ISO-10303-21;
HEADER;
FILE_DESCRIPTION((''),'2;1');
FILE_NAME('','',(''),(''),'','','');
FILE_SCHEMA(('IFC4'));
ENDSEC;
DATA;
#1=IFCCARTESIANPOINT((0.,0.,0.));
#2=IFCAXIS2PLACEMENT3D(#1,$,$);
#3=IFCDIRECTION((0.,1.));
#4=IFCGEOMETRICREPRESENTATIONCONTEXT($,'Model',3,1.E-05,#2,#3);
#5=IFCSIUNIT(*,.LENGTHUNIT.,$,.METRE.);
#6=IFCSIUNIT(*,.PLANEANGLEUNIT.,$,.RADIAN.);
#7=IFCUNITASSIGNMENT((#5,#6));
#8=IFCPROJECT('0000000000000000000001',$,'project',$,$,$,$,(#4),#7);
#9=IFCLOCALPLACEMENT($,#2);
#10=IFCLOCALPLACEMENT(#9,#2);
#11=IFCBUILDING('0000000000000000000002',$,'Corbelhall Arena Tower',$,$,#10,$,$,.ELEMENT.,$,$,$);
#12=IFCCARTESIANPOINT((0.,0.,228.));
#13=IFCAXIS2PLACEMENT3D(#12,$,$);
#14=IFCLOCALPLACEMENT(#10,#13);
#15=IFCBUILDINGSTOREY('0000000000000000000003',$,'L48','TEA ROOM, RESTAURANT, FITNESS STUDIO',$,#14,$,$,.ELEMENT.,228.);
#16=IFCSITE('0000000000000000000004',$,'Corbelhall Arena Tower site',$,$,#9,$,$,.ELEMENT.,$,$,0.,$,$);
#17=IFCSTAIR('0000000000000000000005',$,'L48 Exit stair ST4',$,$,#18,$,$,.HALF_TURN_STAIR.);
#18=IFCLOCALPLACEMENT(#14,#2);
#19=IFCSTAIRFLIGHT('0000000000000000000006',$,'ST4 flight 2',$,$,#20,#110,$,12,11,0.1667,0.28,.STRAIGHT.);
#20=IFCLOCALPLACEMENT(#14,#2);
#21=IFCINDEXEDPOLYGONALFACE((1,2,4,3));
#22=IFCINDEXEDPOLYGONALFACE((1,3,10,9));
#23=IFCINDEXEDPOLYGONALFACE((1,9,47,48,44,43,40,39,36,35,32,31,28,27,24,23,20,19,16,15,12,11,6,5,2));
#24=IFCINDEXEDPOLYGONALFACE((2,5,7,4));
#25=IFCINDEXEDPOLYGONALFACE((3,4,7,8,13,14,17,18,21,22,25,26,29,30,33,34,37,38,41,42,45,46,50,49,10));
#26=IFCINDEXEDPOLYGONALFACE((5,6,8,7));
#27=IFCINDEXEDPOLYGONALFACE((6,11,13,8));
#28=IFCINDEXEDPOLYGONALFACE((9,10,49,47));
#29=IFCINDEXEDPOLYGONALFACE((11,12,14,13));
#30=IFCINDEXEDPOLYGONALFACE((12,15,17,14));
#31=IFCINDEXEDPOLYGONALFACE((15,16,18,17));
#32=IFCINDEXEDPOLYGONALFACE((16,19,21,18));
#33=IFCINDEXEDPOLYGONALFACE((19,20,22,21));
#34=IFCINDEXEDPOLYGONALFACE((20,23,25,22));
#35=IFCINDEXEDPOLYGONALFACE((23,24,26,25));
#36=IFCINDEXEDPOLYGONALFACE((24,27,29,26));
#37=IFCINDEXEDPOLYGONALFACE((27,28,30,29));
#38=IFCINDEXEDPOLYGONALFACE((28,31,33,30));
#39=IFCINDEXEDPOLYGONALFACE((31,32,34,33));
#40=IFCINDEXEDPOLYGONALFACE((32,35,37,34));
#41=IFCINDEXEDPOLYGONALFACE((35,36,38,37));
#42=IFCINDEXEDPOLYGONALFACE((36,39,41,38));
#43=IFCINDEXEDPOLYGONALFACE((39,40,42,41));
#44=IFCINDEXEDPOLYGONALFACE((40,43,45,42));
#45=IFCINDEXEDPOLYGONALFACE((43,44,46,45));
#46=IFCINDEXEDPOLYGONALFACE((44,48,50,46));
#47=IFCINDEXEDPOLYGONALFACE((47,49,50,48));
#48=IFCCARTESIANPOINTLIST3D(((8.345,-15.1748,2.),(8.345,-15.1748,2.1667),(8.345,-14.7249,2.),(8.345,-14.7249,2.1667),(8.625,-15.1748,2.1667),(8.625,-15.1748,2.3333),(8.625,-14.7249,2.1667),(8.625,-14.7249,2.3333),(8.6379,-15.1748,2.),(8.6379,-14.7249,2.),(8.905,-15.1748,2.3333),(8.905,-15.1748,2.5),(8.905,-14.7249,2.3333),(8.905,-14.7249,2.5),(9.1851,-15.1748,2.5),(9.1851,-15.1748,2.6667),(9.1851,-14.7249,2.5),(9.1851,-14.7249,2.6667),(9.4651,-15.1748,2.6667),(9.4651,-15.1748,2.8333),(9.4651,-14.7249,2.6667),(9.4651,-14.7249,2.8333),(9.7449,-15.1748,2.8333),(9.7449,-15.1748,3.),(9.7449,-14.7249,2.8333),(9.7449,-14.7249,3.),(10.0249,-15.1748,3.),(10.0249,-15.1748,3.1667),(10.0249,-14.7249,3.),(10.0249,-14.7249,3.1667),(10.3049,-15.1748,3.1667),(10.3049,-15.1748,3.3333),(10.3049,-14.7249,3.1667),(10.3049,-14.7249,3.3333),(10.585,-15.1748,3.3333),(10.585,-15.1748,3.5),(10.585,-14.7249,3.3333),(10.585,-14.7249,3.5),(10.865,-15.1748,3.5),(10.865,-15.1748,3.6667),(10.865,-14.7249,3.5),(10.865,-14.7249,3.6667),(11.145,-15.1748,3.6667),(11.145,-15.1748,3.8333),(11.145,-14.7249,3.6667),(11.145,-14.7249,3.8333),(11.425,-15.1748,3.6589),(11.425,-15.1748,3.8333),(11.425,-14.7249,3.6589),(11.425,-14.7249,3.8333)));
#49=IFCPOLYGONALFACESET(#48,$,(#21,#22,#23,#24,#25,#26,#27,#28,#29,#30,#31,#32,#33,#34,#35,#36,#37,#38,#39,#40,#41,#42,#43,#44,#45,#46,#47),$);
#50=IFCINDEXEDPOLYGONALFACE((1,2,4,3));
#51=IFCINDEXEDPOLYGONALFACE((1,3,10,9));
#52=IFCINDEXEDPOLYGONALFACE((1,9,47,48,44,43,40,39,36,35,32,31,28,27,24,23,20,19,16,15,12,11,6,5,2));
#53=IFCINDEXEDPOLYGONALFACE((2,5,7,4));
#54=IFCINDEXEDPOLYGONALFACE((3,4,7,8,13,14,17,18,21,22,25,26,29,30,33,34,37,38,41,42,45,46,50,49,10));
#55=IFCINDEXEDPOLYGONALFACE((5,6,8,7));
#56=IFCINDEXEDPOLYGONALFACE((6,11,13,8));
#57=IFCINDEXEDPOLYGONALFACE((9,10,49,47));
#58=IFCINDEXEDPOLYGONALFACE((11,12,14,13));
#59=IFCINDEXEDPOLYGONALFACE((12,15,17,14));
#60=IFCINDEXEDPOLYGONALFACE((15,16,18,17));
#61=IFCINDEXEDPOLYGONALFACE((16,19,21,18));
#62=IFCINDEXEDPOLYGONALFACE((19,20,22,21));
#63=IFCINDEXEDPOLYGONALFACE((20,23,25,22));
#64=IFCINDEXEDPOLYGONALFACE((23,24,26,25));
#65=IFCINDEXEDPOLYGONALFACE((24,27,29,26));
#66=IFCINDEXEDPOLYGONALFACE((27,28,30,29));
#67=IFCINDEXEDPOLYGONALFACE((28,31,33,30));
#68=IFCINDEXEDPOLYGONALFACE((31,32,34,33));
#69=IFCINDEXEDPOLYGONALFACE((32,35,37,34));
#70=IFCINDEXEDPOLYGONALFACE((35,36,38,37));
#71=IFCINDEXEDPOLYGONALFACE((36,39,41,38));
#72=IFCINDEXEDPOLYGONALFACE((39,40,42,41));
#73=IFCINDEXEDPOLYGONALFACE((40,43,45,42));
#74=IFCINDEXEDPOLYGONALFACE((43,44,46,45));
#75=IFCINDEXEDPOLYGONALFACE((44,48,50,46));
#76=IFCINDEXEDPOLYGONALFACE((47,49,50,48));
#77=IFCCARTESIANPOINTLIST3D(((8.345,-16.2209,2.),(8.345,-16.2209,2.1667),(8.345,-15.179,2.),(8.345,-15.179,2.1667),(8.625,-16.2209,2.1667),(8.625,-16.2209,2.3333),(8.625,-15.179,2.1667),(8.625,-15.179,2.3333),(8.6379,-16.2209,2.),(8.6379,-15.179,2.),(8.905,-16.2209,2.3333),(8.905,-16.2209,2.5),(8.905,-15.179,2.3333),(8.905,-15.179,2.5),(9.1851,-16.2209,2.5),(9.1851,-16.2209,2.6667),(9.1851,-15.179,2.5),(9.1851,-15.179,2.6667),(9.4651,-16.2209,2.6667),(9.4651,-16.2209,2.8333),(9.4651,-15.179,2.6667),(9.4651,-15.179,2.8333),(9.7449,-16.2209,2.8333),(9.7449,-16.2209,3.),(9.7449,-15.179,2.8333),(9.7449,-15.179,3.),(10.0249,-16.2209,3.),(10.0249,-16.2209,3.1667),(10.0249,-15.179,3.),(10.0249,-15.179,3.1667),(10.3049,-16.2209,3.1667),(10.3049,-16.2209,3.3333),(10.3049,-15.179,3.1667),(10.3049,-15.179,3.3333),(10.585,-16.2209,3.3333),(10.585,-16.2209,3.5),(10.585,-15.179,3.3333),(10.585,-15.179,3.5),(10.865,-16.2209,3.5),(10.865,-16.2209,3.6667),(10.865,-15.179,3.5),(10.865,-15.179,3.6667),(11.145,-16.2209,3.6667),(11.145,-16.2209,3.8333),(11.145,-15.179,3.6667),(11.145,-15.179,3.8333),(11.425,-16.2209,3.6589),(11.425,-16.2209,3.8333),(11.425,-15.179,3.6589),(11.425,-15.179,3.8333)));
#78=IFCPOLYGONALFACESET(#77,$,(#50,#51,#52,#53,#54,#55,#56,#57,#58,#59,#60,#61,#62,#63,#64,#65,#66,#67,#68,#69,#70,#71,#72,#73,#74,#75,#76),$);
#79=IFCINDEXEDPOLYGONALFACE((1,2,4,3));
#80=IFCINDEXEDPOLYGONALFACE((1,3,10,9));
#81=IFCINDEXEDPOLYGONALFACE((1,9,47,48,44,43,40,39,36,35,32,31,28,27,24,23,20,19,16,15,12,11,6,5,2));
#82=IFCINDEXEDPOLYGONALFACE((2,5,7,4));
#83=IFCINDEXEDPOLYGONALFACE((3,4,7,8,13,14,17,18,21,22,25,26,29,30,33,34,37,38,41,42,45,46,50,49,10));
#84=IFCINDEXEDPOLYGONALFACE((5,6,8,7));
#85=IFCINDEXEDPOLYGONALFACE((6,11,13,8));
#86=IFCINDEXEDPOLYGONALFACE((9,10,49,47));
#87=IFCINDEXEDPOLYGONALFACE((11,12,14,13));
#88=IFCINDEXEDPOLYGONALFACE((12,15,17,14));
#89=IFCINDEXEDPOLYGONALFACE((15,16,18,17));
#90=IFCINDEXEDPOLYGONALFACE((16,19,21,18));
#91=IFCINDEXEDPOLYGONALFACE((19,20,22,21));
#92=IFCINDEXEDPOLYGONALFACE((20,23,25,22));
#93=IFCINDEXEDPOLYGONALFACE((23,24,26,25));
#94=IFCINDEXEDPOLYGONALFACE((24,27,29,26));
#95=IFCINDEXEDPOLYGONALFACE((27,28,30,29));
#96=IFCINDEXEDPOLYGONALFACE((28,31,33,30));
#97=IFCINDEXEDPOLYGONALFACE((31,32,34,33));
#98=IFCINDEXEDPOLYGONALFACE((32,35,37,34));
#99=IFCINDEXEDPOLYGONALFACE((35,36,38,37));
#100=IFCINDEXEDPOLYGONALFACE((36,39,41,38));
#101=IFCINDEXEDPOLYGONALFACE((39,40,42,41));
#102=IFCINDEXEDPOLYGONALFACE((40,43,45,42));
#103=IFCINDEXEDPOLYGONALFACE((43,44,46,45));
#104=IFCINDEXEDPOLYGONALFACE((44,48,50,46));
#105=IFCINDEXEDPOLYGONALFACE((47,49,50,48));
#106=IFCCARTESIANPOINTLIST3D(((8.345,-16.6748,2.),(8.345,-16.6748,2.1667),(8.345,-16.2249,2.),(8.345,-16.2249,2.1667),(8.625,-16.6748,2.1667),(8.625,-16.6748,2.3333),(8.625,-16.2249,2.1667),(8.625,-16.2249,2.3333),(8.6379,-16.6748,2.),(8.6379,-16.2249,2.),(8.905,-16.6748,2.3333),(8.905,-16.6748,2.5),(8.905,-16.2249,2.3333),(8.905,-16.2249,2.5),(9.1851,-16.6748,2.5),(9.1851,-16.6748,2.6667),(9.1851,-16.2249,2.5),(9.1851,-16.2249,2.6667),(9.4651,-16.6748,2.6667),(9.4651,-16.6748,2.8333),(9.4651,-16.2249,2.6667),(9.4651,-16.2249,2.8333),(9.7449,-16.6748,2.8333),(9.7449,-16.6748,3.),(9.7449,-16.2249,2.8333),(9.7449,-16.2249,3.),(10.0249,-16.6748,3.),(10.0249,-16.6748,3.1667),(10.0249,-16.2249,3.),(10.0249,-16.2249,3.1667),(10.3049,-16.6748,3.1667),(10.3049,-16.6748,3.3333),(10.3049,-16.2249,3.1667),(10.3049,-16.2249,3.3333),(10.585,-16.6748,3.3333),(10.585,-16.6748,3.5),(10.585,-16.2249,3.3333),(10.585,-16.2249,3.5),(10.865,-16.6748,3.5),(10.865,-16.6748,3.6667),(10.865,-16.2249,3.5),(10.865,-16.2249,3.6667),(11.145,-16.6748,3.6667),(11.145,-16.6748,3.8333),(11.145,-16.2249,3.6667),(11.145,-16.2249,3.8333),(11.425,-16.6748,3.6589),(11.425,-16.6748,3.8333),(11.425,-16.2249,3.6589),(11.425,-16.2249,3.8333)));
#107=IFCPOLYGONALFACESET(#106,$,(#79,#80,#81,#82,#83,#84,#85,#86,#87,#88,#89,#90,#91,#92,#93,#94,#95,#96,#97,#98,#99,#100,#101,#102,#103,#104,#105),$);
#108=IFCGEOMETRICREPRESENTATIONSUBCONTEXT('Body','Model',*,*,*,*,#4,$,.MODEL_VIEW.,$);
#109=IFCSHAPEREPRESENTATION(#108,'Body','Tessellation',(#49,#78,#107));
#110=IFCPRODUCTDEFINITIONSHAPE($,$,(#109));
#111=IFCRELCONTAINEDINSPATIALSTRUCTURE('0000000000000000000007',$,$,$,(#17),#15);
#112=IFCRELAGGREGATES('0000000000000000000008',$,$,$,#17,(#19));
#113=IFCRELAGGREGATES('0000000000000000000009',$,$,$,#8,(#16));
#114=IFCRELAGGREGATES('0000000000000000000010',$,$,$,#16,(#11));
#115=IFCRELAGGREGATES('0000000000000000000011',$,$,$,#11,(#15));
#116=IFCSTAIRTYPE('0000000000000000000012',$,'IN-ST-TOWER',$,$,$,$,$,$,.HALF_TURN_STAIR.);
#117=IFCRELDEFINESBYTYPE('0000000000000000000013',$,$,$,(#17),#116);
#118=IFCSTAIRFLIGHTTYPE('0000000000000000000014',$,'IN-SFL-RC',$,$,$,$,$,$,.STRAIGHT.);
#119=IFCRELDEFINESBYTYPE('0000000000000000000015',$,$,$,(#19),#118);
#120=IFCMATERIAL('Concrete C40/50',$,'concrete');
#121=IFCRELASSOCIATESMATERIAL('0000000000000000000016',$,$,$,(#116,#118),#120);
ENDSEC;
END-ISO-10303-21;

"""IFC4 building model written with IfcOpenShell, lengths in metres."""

from ifc_helpers import new_model, si_unit, direction, frame, origin, place, context, subcontext, project, spatial, polyline, outline, extrude, material, type_object, element, aggregate, save


model = new_model("IFC4")

# Units and contexts
model_context = context("Model", 3, precision=1e-05, world=origin(), true_north=direction((0.0, 1.0)))
body_context = subcontext(model_context, "Body", "Model", "MODEL_VIEW")
ifc_project = project(units=[si_unit("LENGTHUNIT", "METRE"), si_unit("PLANEANGLEUNIT", "RADIAN")], contexts=[model_context])

# Site, building, storey
site_placement = place(None, origin())
site = spatial("IfcSite", under=ifc_project, at=site_placement, Name="Corbelhall Arena Tower site", CompositionType="ELEMENT", RefElevation=0.0)
building_placement = place(site_placement, origin())
building = spatial("IfcBuilding", under=site, at=building_placement, Name="Corbelhall Arena Tower", CompositionType="ELEMENT")
storey_placement = place(building_placement, frame((0.0, 0.0, 228.0)))
storey = spatial("IfcBuildingStorey", under=building, at=storey_placement, Name="L48", Description="TEA ROOM, RESTAURANT, FITNESS STUDIO", CompositionType="ELEMENT", Elevation=228.0)

# Shared definitions
ifc_material_1 = material(Name="Concrete C40/50", Category="concrete")

# Stair, stair flight
stair_type = type_object("IfcStairType", Name="IN-ST-TOWER", PredefinedType="HALF_TURN_STAIR", material=ifc_material_1)
stair_placement = place(storey_placement, origin())
stair = element("IfcStair", 1, at=stair_placement, inside=storey, type_object=stair_type, Name="L48 Exit stair ST4", PredefinedType="HALF_TURN_STAIR")
stair_flight_type = type_object("IfcStairFlightType", Name="IN-SFL-RC", PredefinedType="STRAIGHT", material=ifc_material_1)
stair_flight_placement = place(storey_placement, frame((8.345, -15.7, 2.0), z_axis=(0.0, 0.0, 1.0), x_axis=(1.0, 0.0, 0.0)))
stair_flight = element("IfcStairFlight", 2, at=stair_flight_placement, type_object=stair_flight_type, Name="ST4 flight 2", NumberOfRisers=12, NumberOfTreads=11, PredefinedType="STRAIGHT", RiserHeight=0.1667, TreadLength=0.28, context=body_context, shape_type="SweptSolid", body=[
    extrude(outline(polyline([(0.0, 0.0), (0.0, 0.1667), (0.28, 0.1667), (0.28, 0.3333), (0.5601, 0.3333), (0.5601, 0.5), (0.8401, 0.5), (0.8401, 0.6667), (1.1201, 0.6667), (1.1201, 0.8333), (1.3999, 0.8333), (1.3999, 1.0), (1.6799, 1.0), (1.6799, 1.1667), (1.96, 1.1667), (1.96, 1.3333), (2.24, 1.3333), (2.24, 1.5), (2.52, 1.5), (2.52, 1.6667), (2.8, 1.6667), (2.8, 1.8333), (3.0801, 1.8333), (3.0801, 2.0), (3.0801, 1.6589), (0.293, 0.0), (0.0, 0.0)])), frame((0.0, 0.9751, 0.0), z_axis=(0.0, -1.0, 0.0), x_axis=(1.0, 0.0, 0.0)), (0.0, 0.0, 1.0), 0.45),
    extrude(outline(polyline([(0.0, 0.0), (0.0, 0.1667), (0.28, 0.1667), (0.28, 0.3333), (0.5601, 0.3333), (0.5601, 0.5), (0.8401, 0.5), (0.8401, 0.6667), (1.1201, 0.6667), (1.1201, 0.8333), (1.3999, 0.8333), (1.3999, 1.0), (1.6799, 1.0), (1.6799, 1.1667), (1.96, 1.1667), (1.96, 1.3333), (2.24, 1.3333), (2.24, 1.5), (2.52, 1.5), (2.52, 1.6667), (2.8, 1.6667), (2.8, 1.8333), (3.0801, 1.8333), (3.0801, 2.0), (3.0801, 1.6589), (0.293, 0.0), (0.0, 0.0)])), frame((0.0, 0.521, 0.0), z_axis=(0.0, -1.0, 0.0), x_axis=(1.0, 0.0, 0.0)), (0.0, 0.0, 1.0), 1.042),
    extrude(outline(polyline([(0.0, 0.0), (0.0, 0.1667), (0.28, 0.1667), (0.28, 0.3333), (0.5601, 0.3333), (0.5601, 0.5), (0.8401, 0.5), (0.8401, 0.6667), (1.1201, 0.6667), (1.1201, 0.8333), (1.3999, 0.8333), (1.3999, 1.0), (1.6799, 1.0), (1.6799, 1.1667), (1.96, 1.1667), (1.96, 1.3333), (2.24, 1.3333), (2.24, 1.5), (2.52, 1.5), (2.52, 1.6667), (2.8, 1.6667), (2.8, 1.8333), (3.0801, 1.8333), (3.0801, 2.0), (3.0801, 1.6589), (0.293, 0.0), (0.0, 0.0)])), frame((0.0, -0.5249, 0.0), z_axis=(0.0, -1.0, 0.0), x_axis=(1.0, 0.0, 0.0)), (0.0, 0.0, 1.0), 0.45),
])
aggregate(stair, [stair_flight])

save(model, "model.ifc")
